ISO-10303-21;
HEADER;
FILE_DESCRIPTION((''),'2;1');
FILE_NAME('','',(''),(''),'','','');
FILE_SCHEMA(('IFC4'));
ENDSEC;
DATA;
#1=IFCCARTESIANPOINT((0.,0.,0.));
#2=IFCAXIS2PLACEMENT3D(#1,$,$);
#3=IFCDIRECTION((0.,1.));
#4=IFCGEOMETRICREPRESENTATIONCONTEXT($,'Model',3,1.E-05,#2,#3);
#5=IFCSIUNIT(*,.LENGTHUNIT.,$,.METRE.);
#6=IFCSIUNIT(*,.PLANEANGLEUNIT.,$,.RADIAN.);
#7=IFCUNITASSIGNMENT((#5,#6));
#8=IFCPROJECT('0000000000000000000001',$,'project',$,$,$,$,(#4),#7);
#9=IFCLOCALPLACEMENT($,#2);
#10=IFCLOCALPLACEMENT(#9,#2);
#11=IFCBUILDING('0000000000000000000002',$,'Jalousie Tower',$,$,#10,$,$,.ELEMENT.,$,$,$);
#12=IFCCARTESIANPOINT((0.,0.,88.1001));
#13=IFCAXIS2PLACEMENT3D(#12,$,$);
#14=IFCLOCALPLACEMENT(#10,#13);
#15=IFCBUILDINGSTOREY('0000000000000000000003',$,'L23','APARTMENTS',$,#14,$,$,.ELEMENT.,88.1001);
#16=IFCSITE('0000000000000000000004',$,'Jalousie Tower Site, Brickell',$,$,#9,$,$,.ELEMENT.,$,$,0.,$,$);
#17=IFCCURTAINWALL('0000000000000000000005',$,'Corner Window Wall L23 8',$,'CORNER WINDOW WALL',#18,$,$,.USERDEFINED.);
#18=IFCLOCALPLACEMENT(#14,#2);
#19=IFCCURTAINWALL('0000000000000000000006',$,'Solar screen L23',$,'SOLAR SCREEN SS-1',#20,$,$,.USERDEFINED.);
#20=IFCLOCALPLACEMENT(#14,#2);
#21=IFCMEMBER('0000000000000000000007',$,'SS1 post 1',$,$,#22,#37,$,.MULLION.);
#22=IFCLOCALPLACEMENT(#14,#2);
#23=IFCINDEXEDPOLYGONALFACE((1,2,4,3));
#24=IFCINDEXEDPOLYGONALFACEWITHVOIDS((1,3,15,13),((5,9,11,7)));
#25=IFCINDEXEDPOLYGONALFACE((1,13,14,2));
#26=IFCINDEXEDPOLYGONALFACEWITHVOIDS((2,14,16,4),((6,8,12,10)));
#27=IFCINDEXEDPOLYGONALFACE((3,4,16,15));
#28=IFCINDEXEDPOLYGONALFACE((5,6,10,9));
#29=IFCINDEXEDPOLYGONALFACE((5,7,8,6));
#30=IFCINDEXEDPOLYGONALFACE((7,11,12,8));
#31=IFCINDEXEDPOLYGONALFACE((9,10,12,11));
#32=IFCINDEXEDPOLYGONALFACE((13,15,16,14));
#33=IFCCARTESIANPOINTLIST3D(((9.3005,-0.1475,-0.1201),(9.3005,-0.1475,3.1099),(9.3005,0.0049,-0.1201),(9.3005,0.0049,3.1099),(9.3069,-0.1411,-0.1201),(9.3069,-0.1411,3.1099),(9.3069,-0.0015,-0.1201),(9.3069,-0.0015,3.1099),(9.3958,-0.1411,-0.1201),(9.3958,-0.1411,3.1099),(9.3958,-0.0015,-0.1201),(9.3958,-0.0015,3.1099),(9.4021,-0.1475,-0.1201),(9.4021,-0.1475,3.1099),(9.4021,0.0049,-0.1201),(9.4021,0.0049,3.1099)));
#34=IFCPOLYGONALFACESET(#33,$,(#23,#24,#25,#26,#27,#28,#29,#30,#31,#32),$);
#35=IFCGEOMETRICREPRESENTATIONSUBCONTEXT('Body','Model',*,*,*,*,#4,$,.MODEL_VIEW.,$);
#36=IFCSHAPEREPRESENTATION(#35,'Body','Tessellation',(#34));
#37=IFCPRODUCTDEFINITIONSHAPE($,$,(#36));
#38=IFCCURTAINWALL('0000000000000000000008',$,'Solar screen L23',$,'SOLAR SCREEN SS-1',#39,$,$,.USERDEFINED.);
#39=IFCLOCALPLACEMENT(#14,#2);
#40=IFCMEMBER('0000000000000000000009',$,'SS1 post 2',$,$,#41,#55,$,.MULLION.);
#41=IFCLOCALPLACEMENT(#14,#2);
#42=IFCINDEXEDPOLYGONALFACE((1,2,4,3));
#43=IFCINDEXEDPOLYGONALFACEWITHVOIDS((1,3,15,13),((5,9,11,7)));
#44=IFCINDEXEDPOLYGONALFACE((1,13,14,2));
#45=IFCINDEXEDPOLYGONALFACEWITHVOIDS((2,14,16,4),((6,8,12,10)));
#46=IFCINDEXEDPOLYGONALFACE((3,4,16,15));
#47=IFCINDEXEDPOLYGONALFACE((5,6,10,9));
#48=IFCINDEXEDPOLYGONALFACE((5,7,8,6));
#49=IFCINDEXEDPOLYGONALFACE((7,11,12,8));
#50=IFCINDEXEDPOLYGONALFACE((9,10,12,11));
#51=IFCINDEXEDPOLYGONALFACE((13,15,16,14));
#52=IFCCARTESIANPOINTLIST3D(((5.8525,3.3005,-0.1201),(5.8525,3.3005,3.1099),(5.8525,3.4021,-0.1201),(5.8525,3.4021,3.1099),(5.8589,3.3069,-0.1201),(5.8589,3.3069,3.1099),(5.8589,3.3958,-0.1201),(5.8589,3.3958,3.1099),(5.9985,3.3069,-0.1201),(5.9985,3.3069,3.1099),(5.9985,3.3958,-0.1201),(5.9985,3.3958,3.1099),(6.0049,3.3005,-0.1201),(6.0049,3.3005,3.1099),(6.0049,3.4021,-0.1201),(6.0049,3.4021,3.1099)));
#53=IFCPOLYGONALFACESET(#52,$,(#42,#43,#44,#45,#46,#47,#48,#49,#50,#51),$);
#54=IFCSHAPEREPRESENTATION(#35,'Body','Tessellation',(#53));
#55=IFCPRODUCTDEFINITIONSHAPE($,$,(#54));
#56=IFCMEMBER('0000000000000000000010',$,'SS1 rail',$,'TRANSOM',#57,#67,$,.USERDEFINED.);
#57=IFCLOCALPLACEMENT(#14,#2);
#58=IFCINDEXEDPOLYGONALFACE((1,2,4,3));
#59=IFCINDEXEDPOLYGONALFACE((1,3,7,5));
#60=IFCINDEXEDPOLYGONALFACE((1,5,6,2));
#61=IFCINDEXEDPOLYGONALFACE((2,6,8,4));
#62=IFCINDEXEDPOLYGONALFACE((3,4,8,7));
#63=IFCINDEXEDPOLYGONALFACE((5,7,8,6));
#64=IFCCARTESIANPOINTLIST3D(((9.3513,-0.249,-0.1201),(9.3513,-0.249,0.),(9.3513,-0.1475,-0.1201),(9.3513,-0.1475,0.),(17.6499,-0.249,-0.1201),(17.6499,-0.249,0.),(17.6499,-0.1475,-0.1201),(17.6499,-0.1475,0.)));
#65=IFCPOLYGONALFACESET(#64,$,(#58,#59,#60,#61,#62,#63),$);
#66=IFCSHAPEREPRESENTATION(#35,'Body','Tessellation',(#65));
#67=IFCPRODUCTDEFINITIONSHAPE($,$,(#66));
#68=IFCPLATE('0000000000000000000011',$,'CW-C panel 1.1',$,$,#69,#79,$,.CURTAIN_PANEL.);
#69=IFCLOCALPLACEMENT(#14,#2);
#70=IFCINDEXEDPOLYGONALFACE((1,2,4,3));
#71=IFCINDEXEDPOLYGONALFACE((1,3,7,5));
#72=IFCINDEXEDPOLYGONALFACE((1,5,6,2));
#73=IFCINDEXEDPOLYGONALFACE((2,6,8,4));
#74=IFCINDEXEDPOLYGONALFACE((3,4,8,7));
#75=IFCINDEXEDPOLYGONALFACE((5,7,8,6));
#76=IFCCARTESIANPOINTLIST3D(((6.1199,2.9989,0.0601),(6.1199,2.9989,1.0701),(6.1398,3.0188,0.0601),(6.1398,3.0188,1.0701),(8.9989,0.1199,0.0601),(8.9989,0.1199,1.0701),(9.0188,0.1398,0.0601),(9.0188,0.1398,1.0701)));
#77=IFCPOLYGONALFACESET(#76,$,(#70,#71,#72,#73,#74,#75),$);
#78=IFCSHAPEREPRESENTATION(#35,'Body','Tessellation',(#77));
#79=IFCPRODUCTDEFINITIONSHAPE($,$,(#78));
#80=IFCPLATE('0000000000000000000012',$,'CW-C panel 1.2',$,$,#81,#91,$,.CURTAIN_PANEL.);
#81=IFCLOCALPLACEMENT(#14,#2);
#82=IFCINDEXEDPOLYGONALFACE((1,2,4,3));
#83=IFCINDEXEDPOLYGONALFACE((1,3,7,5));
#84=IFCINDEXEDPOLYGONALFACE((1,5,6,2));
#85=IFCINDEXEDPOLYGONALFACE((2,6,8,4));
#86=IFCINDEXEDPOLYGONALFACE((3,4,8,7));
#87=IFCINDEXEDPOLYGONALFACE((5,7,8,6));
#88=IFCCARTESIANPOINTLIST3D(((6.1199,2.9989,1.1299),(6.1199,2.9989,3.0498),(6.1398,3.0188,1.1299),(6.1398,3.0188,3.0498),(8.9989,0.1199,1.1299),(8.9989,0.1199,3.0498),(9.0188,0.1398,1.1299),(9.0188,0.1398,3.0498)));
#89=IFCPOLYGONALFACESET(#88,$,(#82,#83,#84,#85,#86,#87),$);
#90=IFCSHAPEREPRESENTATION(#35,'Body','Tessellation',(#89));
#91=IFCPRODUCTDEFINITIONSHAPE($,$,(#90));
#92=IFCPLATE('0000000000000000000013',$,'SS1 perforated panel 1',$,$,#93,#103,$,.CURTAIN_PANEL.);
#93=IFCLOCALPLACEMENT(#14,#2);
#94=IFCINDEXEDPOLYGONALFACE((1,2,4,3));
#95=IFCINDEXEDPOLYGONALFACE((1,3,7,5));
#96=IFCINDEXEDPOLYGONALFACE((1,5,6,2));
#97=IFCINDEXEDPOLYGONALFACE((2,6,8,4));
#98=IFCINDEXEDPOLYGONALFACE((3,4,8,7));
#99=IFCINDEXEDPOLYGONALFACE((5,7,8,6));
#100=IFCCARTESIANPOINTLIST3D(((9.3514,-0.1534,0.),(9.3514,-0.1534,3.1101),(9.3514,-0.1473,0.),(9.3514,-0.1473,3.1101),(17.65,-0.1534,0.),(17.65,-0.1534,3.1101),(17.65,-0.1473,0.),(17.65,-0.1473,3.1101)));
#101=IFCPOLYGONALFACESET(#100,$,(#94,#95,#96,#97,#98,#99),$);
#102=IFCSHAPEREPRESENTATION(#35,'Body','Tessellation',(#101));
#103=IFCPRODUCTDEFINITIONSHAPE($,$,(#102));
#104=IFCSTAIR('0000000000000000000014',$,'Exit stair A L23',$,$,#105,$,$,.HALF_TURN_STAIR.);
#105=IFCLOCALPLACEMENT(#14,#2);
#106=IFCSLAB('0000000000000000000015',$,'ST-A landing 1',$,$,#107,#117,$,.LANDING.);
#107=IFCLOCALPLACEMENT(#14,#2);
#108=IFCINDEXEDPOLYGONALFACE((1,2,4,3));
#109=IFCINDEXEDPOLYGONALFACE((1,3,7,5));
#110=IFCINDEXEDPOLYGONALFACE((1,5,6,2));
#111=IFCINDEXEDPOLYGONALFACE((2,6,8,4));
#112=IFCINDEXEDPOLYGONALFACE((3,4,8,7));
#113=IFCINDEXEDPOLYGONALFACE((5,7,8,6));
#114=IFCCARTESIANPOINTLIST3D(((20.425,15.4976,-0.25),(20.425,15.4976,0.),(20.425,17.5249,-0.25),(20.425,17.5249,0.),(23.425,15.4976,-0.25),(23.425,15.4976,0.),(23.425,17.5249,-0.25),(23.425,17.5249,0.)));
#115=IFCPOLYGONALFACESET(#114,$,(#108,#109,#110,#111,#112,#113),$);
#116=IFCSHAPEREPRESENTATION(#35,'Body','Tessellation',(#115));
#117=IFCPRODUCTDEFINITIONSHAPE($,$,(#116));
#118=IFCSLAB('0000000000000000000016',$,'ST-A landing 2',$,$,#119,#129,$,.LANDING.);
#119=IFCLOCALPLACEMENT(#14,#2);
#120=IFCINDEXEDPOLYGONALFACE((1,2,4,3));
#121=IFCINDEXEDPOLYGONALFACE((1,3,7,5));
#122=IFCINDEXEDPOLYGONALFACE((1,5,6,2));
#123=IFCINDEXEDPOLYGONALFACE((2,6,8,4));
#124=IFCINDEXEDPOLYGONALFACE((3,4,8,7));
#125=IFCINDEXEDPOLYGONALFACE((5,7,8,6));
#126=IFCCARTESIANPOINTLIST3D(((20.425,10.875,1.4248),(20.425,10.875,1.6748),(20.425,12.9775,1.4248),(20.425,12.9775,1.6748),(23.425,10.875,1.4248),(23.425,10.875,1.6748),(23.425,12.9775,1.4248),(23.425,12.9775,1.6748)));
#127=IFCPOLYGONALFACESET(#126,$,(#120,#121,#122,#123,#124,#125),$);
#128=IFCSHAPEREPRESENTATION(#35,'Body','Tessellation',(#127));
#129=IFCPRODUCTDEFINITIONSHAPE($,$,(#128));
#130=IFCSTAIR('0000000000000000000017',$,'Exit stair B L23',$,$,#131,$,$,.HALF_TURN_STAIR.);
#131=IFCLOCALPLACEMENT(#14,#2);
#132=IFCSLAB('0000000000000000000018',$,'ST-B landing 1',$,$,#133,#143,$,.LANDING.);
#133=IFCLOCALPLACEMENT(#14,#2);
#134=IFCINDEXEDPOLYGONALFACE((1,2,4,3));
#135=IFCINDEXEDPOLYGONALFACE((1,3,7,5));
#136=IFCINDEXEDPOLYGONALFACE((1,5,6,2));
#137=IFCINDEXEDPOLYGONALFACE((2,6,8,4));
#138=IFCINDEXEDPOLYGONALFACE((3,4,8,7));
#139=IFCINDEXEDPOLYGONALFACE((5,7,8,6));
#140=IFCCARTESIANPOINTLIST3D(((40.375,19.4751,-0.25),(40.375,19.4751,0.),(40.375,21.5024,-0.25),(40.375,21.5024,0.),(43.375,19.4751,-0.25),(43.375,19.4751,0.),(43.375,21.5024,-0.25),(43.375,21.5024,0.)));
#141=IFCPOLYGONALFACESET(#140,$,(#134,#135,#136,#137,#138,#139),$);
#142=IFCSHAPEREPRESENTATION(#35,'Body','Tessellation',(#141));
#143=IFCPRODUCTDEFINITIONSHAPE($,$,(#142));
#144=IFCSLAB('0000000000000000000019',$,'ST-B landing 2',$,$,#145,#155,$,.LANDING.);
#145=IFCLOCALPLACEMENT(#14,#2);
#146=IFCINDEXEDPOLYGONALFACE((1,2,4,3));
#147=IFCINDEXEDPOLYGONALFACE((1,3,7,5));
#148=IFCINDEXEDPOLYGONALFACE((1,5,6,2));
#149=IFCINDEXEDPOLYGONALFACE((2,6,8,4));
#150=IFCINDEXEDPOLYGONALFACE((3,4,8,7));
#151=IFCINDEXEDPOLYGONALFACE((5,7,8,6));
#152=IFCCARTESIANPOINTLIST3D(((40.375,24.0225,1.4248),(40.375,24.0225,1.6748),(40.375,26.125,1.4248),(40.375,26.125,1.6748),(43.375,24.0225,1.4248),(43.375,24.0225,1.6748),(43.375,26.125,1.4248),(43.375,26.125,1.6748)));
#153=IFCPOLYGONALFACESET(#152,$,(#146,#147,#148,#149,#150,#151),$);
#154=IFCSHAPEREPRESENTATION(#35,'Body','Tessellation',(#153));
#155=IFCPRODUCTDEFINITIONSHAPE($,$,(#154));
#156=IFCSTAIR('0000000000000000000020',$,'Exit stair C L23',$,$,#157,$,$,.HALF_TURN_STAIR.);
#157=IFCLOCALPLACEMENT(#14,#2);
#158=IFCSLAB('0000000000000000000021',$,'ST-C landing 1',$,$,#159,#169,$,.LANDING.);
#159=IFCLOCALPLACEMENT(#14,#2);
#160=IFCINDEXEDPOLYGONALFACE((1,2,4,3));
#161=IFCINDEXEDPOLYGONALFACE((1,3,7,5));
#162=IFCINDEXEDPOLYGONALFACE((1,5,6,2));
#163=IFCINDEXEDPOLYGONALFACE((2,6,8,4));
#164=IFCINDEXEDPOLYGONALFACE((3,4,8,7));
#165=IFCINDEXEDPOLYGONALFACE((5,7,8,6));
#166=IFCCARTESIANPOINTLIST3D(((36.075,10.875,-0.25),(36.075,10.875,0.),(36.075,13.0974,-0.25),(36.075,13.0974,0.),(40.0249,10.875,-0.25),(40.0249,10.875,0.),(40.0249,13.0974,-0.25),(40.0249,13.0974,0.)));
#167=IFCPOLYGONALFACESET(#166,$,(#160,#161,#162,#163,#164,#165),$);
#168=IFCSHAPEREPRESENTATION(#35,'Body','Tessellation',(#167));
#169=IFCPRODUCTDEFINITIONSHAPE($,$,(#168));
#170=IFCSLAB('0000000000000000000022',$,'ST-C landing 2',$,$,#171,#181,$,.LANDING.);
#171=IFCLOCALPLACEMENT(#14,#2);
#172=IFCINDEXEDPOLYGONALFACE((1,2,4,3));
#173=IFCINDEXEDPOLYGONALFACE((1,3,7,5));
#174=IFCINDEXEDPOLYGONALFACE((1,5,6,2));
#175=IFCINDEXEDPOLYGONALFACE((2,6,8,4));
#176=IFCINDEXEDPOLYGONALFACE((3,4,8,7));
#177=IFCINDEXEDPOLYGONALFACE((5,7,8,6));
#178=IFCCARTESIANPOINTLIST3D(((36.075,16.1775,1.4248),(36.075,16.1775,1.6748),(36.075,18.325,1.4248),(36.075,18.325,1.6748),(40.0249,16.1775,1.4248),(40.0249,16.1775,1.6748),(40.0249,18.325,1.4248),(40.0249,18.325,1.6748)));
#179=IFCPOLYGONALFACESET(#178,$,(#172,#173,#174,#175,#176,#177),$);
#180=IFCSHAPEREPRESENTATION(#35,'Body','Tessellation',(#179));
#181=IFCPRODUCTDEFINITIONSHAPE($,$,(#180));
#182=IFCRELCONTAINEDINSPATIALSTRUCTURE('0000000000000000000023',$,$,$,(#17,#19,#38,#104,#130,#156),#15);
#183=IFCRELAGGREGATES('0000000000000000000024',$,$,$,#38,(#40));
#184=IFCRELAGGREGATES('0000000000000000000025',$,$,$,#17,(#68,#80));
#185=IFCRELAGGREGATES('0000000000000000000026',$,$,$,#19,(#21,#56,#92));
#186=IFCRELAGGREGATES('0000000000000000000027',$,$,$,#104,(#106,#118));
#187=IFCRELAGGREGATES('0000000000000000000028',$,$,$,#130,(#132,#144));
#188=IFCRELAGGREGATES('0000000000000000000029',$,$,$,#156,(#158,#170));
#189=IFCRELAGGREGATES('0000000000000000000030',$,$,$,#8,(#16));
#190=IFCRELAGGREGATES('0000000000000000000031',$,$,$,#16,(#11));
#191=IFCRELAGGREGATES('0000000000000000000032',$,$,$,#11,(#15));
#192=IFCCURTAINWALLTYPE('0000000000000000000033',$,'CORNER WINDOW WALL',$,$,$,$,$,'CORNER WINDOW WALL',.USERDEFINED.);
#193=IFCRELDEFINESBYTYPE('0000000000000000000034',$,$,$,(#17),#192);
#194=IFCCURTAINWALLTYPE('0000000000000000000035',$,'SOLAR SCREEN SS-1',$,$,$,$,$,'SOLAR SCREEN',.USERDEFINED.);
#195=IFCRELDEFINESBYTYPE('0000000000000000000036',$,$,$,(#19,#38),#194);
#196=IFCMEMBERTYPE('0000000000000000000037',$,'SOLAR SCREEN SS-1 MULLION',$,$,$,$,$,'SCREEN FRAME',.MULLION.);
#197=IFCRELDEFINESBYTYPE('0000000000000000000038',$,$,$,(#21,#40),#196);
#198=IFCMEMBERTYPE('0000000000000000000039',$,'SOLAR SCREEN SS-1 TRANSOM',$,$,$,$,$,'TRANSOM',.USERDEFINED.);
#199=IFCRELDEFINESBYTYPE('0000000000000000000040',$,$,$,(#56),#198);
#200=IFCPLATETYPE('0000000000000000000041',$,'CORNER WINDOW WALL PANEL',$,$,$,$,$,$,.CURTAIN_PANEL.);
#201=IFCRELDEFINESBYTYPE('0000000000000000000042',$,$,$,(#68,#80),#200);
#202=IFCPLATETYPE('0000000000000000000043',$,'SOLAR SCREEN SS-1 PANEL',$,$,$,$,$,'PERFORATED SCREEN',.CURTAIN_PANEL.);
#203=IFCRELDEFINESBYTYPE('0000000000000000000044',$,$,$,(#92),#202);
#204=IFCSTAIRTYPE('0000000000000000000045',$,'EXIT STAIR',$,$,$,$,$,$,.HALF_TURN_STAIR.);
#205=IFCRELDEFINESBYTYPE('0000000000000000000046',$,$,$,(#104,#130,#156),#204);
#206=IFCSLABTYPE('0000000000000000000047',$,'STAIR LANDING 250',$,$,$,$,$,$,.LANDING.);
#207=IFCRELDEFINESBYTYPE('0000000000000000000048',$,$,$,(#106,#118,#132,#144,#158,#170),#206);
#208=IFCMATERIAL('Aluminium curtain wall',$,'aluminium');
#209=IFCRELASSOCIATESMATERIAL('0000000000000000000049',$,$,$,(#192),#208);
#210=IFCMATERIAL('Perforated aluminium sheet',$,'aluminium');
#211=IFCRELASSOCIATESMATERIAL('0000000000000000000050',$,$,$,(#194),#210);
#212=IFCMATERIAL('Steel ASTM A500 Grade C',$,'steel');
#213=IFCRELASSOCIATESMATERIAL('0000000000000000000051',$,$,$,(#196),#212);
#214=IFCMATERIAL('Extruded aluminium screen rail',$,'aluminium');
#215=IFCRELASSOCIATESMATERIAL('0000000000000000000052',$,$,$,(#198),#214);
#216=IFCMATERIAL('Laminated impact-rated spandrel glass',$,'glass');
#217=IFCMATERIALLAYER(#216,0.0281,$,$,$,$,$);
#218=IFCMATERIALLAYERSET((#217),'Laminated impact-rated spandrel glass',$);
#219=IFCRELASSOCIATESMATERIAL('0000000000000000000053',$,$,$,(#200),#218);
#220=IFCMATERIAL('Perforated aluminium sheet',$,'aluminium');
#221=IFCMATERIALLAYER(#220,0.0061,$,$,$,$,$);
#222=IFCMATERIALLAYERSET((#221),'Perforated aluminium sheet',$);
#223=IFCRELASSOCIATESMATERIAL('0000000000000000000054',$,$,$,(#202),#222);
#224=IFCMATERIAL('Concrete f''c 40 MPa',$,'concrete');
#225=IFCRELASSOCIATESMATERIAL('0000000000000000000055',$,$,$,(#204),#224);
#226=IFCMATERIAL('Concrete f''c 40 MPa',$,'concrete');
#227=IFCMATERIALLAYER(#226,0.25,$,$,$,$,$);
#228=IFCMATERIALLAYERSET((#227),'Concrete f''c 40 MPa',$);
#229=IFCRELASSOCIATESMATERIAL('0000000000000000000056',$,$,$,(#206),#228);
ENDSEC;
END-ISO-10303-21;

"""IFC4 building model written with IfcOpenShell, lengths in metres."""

from ifc_helpers import new_model, si_unit, direction, frame, origin, origin_2d, place, context, subcontext, project, spatial, polyline, rectangle, hollow_rectangle, outline, extrude, material, layer, layer_set, material_profile, profile_set, type_object, element, aggregate, save


model = new_model("IFC4")

# Units and contexts
model_context = context("Model", 3, precision=1e-05, world=origin(), true_north=direction((0.0, 1.0)))
body_context = subcontext(model_context, "Body", "Model", "MODEL_VIEW")
ifc_project = project(units=[si_unit("LENGTHUNIT", "METRE"), si_unit("PLANEANGLEUNIT", "RADIAN")], contexts=[model_context])

# Site, building, storey
site_placement = place(None, origin())
site = spatial("IfcSite", under=ifc_project, at=site_placement, Name="Jalousie Tower Site, Brickell", CompositionType="ELEMENT", RefElevation=0.0)
building_placement = place(site_placement, origin())
building = spatial("IfcBuilding", under=site, at=building_placement, Name="Jalousie Tower", CompositionType="ELEMENT")
storey_placement = place(building_placement, frame((0.0, 0.0, 88.1001)))
storey = spatial("IfcBuildingStorey", under=building, at=storey_placement, Name="L23", Description="APARTMENTS", CompositionType="ELEMENT", Elevation=88.1001)

# Curtain wall
ifc_material_1 = material(Name="Aluminium curtain wall", Category="aluminium")
curtain_wall_type_1 = type_object("IfcCurtainWallType", Name="CORNER WINDOW WALL", ElementType="CORNER WINDOW WALL", PredefinedType="USERDEFINED", material=ifc_material_1)
curtain_wall_1_placement = place(storey_placement, origin())
curtain_wall_1 = element("IfcCurtainWall", 1, at=curtain_wall_1_placement, inside=storey, type_object=curtain_wall_type_1, Name="Corner Window Wall L23 8", ObjectType="CORNER WINDOW WALL", PredefinedType="USERDEFINED")

# Curtain walls, members
ifc_material_2 = material(Name="Perforated aluminium sheet", Category="aluminium")
curtain_wall_type_2 = type_object("IfcCurtainWallType", Name="SOLAR SCREEN SS-1", ElementType="SOLAR SCREEN", PredefinedType="USERDEFINED", material=ifc_material_2)
curtain_wall_2_placement = place(storey_placement, origin())
curtain_wall_2 = element("IfcCurtainWall", 2, at=curtain_wall_2_placement, inside=storey, type_object=curtain_wall_type_2, Name="Solar screen L23", ObjectType="SOLAR SCREEN SS-1", PredefinedType="USERDEFINED")
ifc_material_3 = material(Name="Steel ASTM A500 Grade C", Category="steel")
ifc_material_profile_1 = material_profile(ifc_material_3, hollow_rectangle(XDim=0.1016, YDim=0.1523, WallThickness=0.0063, at=origin_2d()), Name="HSS6X4X1/4")
ifc_profile_set_1 = profile_set([ifc_material_profile_1], Name="Steel ASTM A500 Grade C")
member_type_1 = type_object("IfcMemberType", Name="SOLAR SCREEN SS-1 MULLION", ElementType="SCREEN FRAME", PredefinedType="MULLION", material=ifc_profile_set_1)
member_1_placement = place(storey_placement, frame((9.3513, -0.0713, -0.1201), z_axis=(0.0, 0.0, 1.0), x_axis=(1.0, 0.0, 0.0)))
member_1 = element("IfcMember", 3, at=member_1_placement, type_object=member_type_1, Name="SS1 post 1", PredefinedType="MULLION", context=body_context, shape_type="SweptSolid", body=[
    extrude(hollow_rectangle(XDim=0.1016, YDim=0.1523, WallThickness=0.0063, at=origin_2d()), origin(), (0.0, 0.0, 1.0), 3.23),
])
curtain_wall_3_placement = place(storey_placement, origin())
curtain_wall_3 = element("IfcCurtainWall", 4, at=curtain_wall_3_placement, inside=storey, type_object=curtain_wall_type_2, Name="Solar screen L23", ObjectType="SOLAR SCREEN SS-1", PredefinedType="USERDEFINED")
member_2_placement = place(storey_placement, frame((5.9287, 3.3513, -0.1201), z_axis=(0.0, 0.0, 1.0), x_axis=(0.0, -1.0, 0.0)))
member_2 = element("IfcMember", 5, at=member_2_placement, type_object=member_type_1, Name="SS1 post 2", PredefinedType="MULLION", context=body_context, shape_type="SweptSolid", body=[
    extrude(hollow_rectangle(XDim=0.1016, YDim=0.1523, WallThickness=0.0063, at=origin_2d()), origin(), (0.0, 0.0, 1.0), 3.23),
])
aggregate(curtain_wall_3, [member_2])

# Member
ifc_material_4 = material(Name="Extruded aluminium screen rail", Category="aluminium")
ifc_material_profile_2 = material_profile(ifc_material_4, rectangle(XDim=0.1016, YDim=0.1201, at=origin_2d()), Name="RAIL 102x120")
ifc_profile_set_2 = profile_set([ifc_material_profile_2], Name="Extruded aluminium screen rail")
member_type_2 = type_object("IfcMemberType", Name="SOLAR SCREEN SS-1 TRANSOM", ElementType="TRANSOM", PredefinedType="USERDEFINED", material=ifc_profile_set_2)
member_3_placement = place(storey_placement, frame((9.3513, -0.1982, -0.0601), z_axis=(1.0, 0.0, 0.0), x_axis=(0.0, 1.0, 0.0)))
member_3 = element("IfcMember", 6, at=member_3_placement, type_object=member_type_2, Name="SS1 rail", ObjectType="TRANSOM", PredefinedType="USERDEFINED", context=body_context, shape_type="SweptSolid", body=[
    extrude(rectangle(XDim=0.1016, YDim=0.1201, at=origin_2d()), origin(), (0.0, 0.0, 1.0), 8.2986),
])

# Plates
ifc_material_5 = material(Name="Laminated impact-rated spandrel glass", Category="glass")
ifc_layer_1 = layer(ifc_material_5, 0.0281)
ifc_layer_set_1 = layer_set([ifc_layer_1], Name="Laminated impact-rated spandrel glass")
plate_type_1 = type_object("IfcPlateType", Name="CORNER WINDOW WALL PANEL", PredefinedType="CURTAIN_PANEL", material=ifc_layer_set_1)
plate_1_placement = place(storey_placement, frame((7.5693, 1.5693, 0.0601), z_axis=(0.0, 0.0, 1.0), x_axis=(0.707107, -0.707107, 0.0)))
plate_1 = element("IfcPlate", 7, at=plate_1_placement, type_object=plate_type_1, Name="CW-C panel 1.1", PredefinedType="CURTAIN_PANEL", context=body_context, shape_type="SweptSolid", body=[
    extrude(rectangle(XDim=4.0715, YDim=0.0281, at=origin_2d()), origin(), (0.0, 0.0, 1.0), 1.01),
])
plate_2_placement = place(storey_placement, frame((7.5693, 1.5693, 1.1299), z_axis=(0.0, 0.0, 1.0), x_axis=(0.707107, -0.707107, 0.0)))
plate_2 = element("IfcPlate", 8, at=plate_2_placement, type_object=plate_type_1, Name="CW-C panel 1.2", PredefinedType="CURTAIN_PANEL", context=body_context, shape_type="SweptSolid", body=[
    extrude(rectangle(XDim=4.0715, YDim=0.0281, at=origin_2d()), origin(), (0.0, 0.0, 1.0), 1.9199),
])
aggregate(curtain_wall_1, [plate_1, plate_2])

# Plate
ifc_material_6 = material(Name="Perforated aluminium sheet", Category="aluminium")
ifc_layer_2 = layer(ifc_material_6, 0.0061)
ifc_layer_set_2 = layer_set([ifc_layer_2], Name="Perforated aluminium sheet")
plate_type_2 = type_object("IfcPlateType", Name="SOLAR SCREEN SS-1 PANEL", ElementType="PERFORATED SCREEN", PredefinedType="CURTAIN_PANEL", material=ifc_layer_set_2)
plate_3_placement = place(storey_placement, frame((13.5007, -0.1504, 0.0), z_axis=(0.0, 0.0, 1.0), x_axis=(1.0, 0.0, 0.0)))
plate_3 = element("IfcPlate", 9, at=plate_3_placement, type_object=plate_type_2, Name="SS1 perforated panel 1", PredefinedType="CURTAIN_PANEL", context=body_context, shape_type="SweptSolid", body=[
    extrude(rectangle(XDim=8.2986, YDim=0.0061, at=origin_2d()), origin(), (0.0, 0.0, 1.0), 3.1101),
])
aggregate(curtain_wall_2, [member_1, member_3, plate_3])

# Stairs, slabs
ifc_material_7 = material(Name="Concrete f'c 40 MPa", Category="concrete")
stair_type = type_object("IfcStairType", Name="EXIT STAIR", PredefinedType="HALF_TURN_STAIR", material=ifc_material_7)
stair_1_placement = place(storey_placement, origin())
stair_1 = element("IfcStair", 10, at=stair_1_placement, inside=storey, type_object=stair_type, Name="Exit stair A L23", PredefinedType="HALF_TURN_STAIR")
ifc_material_8 = material(Name="Concrete f'c 40 MPa", Category="concrete")
ifc_layer_3 = layer(ifc_material_8, 0.25)
ifc_layer_set_3 = layer_set([ifc_layer_3], Name="Concrete f'c 40 MPa")
slab_type_1 = type_object("IfcSlabType", Name="STAIR LANDING 250", PredefinedType="LANDING", material=ifc_layer_set_3)
slab_1_placement = place(storey_placement, frame((0.0, 0.0, -0.25)))
slab_1 = element("IfcSlab", 11, at=slab_1_placement, type_object=slab_type_1, Name="ST-A landing 1", PredefinedType="LANDING", context=body_context, shape_type="SweptSolid", body=[
    extrude(outline(polyline([(20.425, 15.4976), (23.425, 15.4976), (23.425, 17.5249), (20.425, 17.5249), (20.425, 15.4976)])), origin(), (0.0, 0.0, 1.0), 0.25),
])
slab_2_placement = place(storey_placement, frame((0.0, 0.0, 1.4248)))
slab_2 = element("IfcSlab", 12, at=slab_2_placement, type_object=slab_type_1, Name="ST-A landing 2", PredefinedType="LANDING", context=body_context, shape_type="SweptSolid", body=[
    extrude(outline(polyline([(20.425, 10.875), (23.425, 10.875), (23.425, 12.9775), (20.425, 12.9775), (20.425, 10.875)])), origin(), (0.0, 0.0, 1.0), 0.25),
])
aggregate(stair_1, [slab_1, slab_2])
stair_2_placement = place(storey_placement, origin())
stair_2 = element("IfcStair", 13, at=stair_2_placement, inside=storey, type_object=stair_type, Name="Exit stair B L23", PredefinedType="HALF_TURN_STAIR")
slab_3_placement = place(storey_placement, frame((0.0, 0.0, -0.25)))
slab_3 = element("IfcSlab", 14, at=slab_3_placement, type_object=slab_type_1, Name="ST-B landing 1", PredefinedType="LANDING", context=body_context, shape_type="SweptSolid", body=[
    extrude(outline(polyline([(40.375, 19.4751), (43.375, 19.4751), (43.375, 21.5024), (40.375, 21.5024), (40.375, 19.4751)])), origin(), (0.0, 0.0, 1.0), 0.25),
])
slab_4_placement = place(storey_placement, frame((0.0, 0.0, 1.4248)))
slab_4 = element("IfcSlab", 15, at=slab_4_placement, type_object=slab_type_1, Name="ST-B landing 2", PredefinedType="LANDING", context=body_context, shape_type="SweptSolid", body=[
    extrude(outline(polyline([(40.375, 24.0225), (43.375, 24.0225), (43.375, 26.125), (40.375, 26.125), (40.375, 24.0225)])), origin(), (0.0, 0.0, 1.0), 0.25),
])
aggregate(stair_2, [slab_3, slab_4])
stair_3_placement = place(storey_placement, origin())
stair_3 = element("IfcStair", 16, at=stair_3_placement, inside=storey, type_object=stair_type, Name="Exit stair C L23", PredefinedType="HALF_TURN_STAIR")
slab_5_placement = place(storey_placement, frame((0.0, 0.0, -0.25)))
slab_5 = element("IfcSlab", 17, at=slab_5_placement, type_object=slab_type_1, Name="ST-C landing 1", PredefinedType="LANDING", context=body_context, shape_type="SweptSolid", body=[
    extrude(outline(polyline([(36.075, 10.875), (40.0249, 10.875), (40.0249, 13.0974), (36.075, 13.0974), (36.075, 10.875)])), origin(), (0.0, 0.0, 1.0), 0.25),
])
slab_6_placement = place(storey_placement, frame((0.0, 0.0, 1.4248)))
slab_6 = element("IfcSlab", 18, at=slab_6_placement, type_object=slab_type_1, Name="ST-C landing 2", PredefinedType="LANDING", context=body_context, shape_type="SweptSolid", body=[
    extrude(outline(polyline([(36.075, 16.1775), (40.0249, 16.1775), (40.0249, 18.325), (36.075, 18.325), (36.075, 16.1775)])), origin(), (0.0, 0.0, 1.0), 0.25),
])
aggregate(stair_3, [slab_5, slab_6])

save(model, "model.ifc")
